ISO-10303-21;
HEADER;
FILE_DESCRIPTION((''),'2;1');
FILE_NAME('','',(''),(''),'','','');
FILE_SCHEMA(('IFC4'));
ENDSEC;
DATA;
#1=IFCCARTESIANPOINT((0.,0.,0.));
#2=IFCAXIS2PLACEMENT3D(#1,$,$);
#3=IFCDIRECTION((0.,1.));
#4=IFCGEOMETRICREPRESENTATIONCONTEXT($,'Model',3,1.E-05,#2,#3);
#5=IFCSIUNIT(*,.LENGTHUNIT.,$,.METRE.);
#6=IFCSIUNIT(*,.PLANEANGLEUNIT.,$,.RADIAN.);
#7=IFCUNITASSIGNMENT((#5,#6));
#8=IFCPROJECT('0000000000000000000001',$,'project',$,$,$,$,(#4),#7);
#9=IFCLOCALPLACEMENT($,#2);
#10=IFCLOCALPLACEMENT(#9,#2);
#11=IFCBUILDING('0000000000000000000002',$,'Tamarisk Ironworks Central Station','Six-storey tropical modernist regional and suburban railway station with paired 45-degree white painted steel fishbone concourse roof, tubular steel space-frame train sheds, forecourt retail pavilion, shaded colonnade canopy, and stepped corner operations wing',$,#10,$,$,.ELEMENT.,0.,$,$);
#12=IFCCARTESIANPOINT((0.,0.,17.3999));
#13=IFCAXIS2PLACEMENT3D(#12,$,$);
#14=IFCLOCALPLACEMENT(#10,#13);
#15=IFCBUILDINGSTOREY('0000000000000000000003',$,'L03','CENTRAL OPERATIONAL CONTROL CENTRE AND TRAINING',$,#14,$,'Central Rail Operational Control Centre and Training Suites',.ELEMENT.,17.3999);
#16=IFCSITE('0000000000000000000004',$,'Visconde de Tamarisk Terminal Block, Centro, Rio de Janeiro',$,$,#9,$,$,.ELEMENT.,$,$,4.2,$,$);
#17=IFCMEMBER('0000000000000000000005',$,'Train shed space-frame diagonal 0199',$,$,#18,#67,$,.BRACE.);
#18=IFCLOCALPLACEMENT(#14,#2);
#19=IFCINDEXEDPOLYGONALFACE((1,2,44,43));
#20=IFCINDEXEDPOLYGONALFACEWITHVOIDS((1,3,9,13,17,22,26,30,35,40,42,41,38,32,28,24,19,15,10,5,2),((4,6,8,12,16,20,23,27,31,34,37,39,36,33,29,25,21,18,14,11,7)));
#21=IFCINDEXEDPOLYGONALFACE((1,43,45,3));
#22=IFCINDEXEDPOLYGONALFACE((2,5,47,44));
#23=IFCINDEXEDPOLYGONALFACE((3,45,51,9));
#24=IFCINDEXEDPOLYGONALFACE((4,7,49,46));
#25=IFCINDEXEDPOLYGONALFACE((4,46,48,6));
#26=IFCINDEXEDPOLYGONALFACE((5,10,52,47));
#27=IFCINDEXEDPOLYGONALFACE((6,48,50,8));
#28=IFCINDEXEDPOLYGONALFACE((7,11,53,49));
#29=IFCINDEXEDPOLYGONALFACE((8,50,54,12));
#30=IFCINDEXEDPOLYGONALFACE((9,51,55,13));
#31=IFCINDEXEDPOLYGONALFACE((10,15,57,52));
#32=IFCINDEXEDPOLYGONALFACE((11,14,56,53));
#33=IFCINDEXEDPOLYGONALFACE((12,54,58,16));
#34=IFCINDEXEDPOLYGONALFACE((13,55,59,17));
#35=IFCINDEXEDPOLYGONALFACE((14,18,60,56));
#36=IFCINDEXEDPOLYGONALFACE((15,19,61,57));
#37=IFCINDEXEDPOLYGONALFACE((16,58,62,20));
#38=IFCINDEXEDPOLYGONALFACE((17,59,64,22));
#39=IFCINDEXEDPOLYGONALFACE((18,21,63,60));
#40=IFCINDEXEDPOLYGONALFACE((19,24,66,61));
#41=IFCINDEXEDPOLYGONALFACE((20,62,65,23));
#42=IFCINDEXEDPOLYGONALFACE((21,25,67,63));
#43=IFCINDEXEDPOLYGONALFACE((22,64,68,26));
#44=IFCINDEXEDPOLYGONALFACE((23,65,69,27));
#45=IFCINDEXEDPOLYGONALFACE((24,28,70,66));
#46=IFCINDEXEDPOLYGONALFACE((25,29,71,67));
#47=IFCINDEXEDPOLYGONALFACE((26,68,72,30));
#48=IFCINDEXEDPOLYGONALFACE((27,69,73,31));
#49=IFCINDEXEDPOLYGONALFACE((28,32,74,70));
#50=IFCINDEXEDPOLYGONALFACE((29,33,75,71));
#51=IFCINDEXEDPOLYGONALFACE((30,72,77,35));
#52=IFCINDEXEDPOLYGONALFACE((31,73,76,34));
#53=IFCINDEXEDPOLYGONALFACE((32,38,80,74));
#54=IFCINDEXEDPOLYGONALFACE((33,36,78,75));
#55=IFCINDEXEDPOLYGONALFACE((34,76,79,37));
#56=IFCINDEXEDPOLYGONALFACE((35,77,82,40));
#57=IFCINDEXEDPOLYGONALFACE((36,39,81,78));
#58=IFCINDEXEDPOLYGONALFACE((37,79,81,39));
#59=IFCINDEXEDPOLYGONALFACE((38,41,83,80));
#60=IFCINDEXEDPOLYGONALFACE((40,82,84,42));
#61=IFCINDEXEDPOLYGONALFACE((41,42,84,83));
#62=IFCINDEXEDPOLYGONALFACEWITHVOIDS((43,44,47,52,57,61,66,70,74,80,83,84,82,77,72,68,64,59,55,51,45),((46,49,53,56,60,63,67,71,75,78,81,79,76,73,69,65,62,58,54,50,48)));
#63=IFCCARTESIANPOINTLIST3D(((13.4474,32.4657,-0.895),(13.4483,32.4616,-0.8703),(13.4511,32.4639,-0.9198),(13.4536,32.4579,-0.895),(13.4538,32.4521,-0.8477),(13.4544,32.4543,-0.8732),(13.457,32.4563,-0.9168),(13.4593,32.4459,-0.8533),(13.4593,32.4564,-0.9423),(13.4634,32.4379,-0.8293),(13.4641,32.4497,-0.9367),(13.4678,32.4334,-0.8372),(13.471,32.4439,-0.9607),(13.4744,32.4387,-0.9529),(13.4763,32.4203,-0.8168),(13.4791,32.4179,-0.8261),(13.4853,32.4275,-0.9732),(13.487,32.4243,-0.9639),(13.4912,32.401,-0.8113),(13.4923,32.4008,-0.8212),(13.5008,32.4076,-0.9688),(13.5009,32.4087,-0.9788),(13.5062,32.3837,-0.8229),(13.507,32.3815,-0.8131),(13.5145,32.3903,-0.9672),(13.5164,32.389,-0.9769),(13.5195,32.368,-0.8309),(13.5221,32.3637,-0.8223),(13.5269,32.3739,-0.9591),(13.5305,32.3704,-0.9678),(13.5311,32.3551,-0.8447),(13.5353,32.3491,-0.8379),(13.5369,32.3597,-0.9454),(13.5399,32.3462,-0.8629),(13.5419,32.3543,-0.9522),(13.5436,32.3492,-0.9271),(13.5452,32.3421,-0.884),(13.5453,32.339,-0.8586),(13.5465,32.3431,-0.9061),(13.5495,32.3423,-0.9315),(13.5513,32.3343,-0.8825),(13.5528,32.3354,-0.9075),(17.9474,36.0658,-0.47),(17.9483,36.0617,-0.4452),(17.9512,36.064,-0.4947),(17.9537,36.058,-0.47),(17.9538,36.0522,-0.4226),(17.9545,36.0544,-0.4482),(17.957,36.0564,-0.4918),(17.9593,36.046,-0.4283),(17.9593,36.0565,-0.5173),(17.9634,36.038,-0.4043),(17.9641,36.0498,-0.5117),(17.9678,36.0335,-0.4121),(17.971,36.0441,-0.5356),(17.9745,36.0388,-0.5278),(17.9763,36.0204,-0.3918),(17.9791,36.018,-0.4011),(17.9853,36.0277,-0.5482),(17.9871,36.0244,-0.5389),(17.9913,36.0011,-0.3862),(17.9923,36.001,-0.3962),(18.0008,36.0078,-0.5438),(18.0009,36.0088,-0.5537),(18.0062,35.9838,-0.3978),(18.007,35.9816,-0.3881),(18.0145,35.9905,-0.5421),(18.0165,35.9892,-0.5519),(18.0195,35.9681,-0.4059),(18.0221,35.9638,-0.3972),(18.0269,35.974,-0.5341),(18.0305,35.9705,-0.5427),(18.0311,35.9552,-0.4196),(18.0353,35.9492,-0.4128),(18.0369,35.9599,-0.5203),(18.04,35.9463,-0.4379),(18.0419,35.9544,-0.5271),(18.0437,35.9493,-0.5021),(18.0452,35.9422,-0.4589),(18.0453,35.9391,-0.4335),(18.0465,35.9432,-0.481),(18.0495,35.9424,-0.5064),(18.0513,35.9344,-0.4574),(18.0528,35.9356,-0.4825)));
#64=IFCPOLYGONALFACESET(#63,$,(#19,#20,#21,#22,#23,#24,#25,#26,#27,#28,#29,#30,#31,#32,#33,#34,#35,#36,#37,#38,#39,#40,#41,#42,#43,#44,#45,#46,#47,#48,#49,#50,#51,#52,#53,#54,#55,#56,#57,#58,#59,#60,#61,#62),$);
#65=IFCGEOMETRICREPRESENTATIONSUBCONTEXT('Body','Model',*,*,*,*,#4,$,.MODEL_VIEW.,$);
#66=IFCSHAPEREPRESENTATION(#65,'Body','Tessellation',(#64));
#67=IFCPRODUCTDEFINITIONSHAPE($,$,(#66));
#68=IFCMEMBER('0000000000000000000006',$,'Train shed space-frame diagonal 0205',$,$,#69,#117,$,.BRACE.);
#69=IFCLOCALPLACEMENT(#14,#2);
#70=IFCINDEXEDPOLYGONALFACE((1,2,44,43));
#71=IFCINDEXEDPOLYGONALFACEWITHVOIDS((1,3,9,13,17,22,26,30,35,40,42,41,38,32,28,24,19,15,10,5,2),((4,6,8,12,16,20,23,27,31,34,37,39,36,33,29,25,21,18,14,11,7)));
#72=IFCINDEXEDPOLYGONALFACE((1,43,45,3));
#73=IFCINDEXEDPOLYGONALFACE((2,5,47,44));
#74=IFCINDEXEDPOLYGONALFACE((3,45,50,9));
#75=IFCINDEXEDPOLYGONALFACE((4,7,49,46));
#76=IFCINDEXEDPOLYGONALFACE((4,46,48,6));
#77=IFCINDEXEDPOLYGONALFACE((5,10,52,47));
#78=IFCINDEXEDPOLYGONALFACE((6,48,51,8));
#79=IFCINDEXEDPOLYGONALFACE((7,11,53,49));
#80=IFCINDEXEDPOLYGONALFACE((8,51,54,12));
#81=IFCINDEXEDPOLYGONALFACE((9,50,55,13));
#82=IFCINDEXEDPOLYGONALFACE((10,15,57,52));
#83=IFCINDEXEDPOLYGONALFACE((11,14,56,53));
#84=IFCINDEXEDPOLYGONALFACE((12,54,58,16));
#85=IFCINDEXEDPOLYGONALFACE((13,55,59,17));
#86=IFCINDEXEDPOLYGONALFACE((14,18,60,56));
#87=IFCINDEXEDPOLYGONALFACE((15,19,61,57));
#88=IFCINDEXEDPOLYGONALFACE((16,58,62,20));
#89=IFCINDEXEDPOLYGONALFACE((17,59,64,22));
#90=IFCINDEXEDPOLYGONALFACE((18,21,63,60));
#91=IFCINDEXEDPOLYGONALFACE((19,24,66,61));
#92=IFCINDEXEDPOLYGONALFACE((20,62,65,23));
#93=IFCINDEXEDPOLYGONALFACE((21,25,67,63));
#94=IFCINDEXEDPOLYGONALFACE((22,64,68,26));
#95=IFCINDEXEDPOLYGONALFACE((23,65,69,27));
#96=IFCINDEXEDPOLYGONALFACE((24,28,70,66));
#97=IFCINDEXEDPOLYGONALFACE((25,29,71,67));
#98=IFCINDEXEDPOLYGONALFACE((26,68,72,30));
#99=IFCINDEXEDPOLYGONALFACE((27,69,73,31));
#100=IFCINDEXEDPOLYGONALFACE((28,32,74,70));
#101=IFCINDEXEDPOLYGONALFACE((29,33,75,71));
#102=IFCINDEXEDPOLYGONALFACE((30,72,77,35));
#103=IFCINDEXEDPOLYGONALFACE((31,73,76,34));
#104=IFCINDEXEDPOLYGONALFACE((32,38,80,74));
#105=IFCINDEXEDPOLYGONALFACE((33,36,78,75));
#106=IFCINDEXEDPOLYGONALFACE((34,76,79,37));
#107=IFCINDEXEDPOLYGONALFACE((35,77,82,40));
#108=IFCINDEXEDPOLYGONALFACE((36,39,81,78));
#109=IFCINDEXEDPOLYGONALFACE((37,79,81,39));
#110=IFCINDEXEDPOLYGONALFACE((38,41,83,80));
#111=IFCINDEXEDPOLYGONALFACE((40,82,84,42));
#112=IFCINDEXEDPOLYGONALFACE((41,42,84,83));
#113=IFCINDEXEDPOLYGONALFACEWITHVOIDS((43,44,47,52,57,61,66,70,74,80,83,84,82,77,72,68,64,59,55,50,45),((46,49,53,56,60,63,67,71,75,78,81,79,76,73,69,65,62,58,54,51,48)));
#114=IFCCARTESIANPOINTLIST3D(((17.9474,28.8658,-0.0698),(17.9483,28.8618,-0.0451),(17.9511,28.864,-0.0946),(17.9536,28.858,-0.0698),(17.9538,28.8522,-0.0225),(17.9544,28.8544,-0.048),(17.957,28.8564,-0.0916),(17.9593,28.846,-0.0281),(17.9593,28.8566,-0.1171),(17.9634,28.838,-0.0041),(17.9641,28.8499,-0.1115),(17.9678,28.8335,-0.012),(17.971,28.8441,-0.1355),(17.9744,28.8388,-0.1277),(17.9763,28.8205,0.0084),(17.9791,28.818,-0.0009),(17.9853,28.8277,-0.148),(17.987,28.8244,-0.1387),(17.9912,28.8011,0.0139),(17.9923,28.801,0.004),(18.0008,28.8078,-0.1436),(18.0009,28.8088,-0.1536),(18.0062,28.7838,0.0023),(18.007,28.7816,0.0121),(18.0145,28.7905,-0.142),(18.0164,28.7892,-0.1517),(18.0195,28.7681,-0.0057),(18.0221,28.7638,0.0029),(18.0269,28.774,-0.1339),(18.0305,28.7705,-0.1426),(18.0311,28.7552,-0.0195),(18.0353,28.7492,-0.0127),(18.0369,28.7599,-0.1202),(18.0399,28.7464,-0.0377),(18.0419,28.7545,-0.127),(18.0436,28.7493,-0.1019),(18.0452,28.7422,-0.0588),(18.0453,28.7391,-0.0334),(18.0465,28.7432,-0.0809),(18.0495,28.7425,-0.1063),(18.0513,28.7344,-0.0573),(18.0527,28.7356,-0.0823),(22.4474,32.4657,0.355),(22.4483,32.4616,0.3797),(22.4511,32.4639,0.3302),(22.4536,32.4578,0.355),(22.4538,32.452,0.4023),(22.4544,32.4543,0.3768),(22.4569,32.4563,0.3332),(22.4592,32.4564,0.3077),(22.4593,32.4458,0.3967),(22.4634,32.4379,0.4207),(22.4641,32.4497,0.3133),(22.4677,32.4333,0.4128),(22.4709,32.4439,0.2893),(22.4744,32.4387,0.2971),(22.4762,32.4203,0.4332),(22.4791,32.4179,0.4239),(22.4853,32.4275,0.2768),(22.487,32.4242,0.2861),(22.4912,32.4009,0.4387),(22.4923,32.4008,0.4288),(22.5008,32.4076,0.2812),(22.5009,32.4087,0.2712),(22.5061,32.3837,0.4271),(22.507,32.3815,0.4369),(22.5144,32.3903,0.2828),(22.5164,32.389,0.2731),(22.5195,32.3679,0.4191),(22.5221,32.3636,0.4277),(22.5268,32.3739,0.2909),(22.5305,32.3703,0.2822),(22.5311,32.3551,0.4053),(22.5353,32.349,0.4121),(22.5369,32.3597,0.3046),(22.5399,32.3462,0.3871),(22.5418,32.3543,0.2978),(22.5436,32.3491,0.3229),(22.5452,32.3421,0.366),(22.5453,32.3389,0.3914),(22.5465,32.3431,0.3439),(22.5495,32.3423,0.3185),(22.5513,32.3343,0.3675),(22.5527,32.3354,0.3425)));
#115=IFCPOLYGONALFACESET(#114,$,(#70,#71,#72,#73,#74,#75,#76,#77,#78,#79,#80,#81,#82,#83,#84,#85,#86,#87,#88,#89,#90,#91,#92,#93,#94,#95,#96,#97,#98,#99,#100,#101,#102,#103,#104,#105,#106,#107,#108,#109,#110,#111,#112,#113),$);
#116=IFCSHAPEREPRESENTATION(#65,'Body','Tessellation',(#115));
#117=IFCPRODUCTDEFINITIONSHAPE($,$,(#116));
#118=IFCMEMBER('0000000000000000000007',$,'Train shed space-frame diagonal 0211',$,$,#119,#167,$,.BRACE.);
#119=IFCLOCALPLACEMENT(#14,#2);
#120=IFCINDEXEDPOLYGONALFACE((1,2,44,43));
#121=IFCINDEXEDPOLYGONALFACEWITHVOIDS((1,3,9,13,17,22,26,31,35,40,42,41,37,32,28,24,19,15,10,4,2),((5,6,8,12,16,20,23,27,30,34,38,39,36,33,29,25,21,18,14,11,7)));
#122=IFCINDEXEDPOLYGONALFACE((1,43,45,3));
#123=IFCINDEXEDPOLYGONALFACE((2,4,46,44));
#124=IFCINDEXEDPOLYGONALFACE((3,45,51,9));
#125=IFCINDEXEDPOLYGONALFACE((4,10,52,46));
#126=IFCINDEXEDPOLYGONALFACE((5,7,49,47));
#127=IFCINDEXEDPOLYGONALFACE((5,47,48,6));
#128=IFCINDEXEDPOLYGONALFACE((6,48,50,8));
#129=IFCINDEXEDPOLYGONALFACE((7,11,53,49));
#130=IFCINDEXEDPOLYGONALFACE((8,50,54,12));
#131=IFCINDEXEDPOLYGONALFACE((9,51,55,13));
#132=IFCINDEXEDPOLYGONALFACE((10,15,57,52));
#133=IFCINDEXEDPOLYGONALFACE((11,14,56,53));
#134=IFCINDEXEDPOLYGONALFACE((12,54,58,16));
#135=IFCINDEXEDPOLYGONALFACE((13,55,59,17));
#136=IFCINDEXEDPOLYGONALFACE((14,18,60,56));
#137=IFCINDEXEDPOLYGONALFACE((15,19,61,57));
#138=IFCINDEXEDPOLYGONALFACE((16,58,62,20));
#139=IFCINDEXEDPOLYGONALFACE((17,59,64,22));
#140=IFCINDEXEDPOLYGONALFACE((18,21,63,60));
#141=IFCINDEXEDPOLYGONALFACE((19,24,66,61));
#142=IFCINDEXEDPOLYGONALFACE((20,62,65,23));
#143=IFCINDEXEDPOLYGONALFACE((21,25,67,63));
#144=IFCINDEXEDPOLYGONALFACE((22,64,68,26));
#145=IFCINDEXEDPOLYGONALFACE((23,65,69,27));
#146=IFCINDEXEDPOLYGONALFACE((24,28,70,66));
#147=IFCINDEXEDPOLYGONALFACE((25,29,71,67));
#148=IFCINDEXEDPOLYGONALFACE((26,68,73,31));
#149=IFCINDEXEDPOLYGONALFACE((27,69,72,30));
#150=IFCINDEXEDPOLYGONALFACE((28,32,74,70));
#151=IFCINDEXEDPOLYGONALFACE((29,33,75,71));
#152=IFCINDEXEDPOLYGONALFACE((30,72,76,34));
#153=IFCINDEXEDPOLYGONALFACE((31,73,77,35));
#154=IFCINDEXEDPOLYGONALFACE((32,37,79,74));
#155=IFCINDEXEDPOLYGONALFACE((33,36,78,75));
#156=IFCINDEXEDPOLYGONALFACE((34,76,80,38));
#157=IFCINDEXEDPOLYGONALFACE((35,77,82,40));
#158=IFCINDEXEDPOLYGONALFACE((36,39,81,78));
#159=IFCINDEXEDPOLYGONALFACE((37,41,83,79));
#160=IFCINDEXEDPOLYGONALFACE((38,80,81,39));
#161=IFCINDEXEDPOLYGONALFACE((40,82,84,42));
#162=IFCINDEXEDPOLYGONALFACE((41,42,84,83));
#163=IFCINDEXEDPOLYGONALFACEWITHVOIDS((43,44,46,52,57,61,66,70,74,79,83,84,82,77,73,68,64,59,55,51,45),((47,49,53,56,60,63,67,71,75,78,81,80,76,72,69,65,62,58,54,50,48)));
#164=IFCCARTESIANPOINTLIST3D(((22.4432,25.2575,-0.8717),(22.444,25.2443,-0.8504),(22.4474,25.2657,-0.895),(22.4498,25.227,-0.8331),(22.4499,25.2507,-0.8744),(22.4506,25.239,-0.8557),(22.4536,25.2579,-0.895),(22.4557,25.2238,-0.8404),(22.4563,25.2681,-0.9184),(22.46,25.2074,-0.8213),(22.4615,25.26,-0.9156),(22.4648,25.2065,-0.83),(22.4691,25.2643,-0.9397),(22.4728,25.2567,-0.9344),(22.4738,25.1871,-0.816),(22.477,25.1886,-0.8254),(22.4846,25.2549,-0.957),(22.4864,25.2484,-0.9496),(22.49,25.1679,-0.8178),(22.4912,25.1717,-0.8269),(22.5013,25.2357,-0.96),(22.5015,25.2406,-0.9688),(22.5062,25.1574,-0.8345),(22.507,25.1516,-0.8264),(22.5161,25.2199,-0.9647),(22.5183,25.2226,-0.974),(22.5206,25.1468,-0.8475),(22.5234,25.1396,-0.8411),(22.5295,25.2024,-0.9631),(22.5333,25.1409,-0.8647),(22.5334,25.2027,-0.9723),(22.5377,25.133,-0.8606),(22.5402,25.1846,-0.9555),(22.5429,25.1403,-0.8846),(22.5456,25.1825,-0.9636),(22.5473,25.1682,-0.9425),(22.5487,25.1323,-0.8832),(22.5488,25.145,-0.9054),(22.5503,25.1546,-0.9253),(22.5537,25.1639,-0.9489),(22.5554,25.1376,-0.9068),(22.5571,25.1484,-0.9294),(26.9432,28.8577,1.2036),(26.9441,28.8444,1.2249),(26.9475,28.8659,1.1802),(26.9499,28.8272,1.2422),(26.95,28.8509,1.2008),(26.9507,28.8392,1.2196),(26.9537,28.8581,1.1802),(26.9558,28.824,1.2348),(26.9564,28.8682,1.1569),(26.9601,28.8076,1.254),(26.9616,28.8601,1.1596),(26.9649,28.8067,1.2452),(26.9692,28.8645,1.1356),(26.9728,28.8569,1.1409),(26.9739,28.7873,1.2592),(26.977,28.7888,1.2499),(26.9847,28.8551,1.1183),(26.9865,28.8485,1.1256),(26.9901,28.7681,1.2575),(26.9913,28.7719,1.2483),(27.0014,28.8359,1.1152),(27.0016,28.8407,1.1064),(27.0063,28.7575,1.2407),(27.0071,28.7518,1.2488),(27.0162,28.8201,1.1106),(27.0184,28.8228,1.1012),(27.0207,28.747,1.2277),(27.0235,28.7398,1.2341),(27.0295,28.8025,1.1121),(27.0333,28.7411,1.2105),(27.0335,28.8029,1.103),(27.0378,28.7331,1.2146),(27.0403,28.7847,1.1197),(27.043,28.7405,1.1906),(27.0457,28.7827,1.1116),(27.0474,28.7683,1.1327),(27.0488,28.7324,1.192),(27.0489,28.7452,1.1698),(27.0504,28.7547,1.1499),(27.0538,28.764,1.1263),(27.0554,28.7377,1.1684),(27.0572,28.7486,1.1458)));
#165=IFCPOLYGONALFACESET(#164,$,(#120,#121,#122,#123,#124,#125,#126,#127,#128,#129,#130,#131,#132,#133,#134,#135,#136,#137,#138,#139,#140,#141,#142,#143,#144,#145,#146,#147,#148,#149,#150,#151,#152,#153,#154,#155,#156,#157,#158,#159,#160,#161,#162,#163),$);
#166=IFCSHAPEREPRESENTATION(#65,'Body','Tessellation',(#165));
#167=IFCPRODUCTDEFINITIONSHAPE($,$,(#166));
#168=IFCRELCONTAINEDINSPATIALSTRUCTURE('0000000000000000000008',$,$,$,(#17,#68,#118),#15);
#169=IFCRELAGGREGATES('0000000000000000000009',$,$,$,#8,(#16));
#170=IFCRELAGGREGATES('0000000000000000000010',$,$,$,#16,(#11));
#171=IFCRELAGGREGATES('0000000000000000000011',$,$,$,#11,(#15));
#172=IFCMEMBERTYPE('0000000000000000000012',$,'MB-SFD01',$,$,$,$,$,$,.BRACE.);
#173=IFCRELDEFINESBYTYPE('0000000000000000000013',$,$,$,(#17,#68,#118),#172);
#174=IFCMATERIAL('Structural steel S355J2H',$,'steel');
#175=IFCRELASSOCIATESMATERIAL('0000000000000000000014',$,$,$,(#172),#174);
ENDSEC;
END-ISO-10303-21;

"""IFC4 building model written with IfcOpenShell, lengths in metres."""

from ifc_helpers import new_model, si_unit, direction, frame, origin, origin_2d, place, context, subcontext, project, spatial, hollow_circle, extrude, material, material_profile, profile_set, type_object, element, save


model = new_model("IFC4")

# Units and contexts
model_context = context("Model", 3, precision=1e-05, world=origin(), true_north=direction((0.0, 1.0)))
body_context = subcontext(model_context, "Body", "Model", "MODEL_VIEW")
ifc_project = project(units=[si_unit("LENGTHUNIT", "METRE"), si_unit("PLANEANGLEUNIT", "RADIAN")], contexts=[model_context])

# Site, building, storey
site_placement = place(None, origin())
site = spatial("IfcSite", under=ifc_project, at=site_placement, Name="Visconde de Tamarisk Terminal Block, Centro, Rio de Janeiro", CompositionType="ELEMENT", RefElevation=4.2)
building_placement = place(site_placement, origin())
building = spatial("IfcBuilding", under=site, at=building_placement, Name="Tamarisk Ironworks Central Station", Description="Six-storey tropical modernist regional and suburban railway station with paired 45-degree white painted steel fishbone concourse roof, tubular steel space-frame train sheds, forecourt retail pavilion, shaded colonnade canopy, and stepped corner operations wing", CompositionType="ELEMENT", ElevationOfRefHeight=0.0)
storey_placement = place(building_placement, frame((0.0, 0.0, 17.3999)))
storey = spatial("IfcBuildingStorey", under=building, at=storey_placement, Name="L03", Description="CENTRAL OPERATIONAL CONTROL CENTRE AND TRAINING", LongName="Central Rail Operational Control Centre and Training Suites", CompositionType="ELEMENT", Elevation=17.3999)

# Members
ifc_material = material(Name="Structural steel S355J2H", Category="steel")
ifc_material_profile_1 = material_profile(ifc_material, hollow_circle(Radius=0.0842, WallThickness=0.01, at=origin_2d()), Name="CHS 168.3x10")
ifc_profile_set_1 = profile_set([ifc_material_profile_1], Name="Structural steel S355J2H")
member_type_1 = type_object("IfcMemberType", Name="MB-SFD01", PredefinedType="BRACE", material=ifc_profile_set_1)
member_1_placement = place(storey_placement, frame((13.5, 32.3999, -0.895), z_axis=(0.778745, 0.623013, 0.073557), x_axis=(-0.624705, 0.780861, 0.0)))
element("IfcMember", 1, at=member_1_placement, inside=storey, type_object=member_type_1, Name="Train shed space-frame diagonal 0199", PredefinedType="BRACE", context=body_context, shape_type="SweptSolid", body=[
    extrude(hollow_circle(Radius=0.0842, WallThickness=0.01, at=origin_2d()), origin(), (0.0, 0.0, 1.0), 5.7786),
])
member_2_placement = place(storey_placement, frame((18.0, 28.8, -0.0698), z_axis=(0.778768, 0.622989, 0.073517), x_axis=(-0.62468, 0.780881, 0.0)))
element("IfcMember", 2, at=member_2_placement, inside=storey, type_object=member_type_1, Name="Train shed space-frame diagonal 0205", PredefinedType="BRACE", context=body_context, shape_type="SweptSolid", body=[
    extrude(hollow_circle(Radius=0.0842, WallThickness=0.01, at=origin_2d()), origin(), (0.0, 0.0, 1.0), 5.7783),
])
member_3_placement = place(storey_placement, frame((22.5, 25.2, -0.895), z_axis=(0.734679, 0.587759, 0.338801), x_axis=(-0.624705, 0.780861, 0.0)))
element("IfcMember", 3, at=member_3_placement, inside=storey, type_object=member_type_1, Name="Train shed space-frame diagonal 0211", PredefinedType="BRACE", context=body_context, shape_type="SweptSolid", body=[
    extrude(hollow_circle(Radius=0.0842, WallThickness=0.01, at=origin_2d()), origin(), (0.0, 0.0, 1.0), 6.1252),
])

save(model, "model.ifc")
